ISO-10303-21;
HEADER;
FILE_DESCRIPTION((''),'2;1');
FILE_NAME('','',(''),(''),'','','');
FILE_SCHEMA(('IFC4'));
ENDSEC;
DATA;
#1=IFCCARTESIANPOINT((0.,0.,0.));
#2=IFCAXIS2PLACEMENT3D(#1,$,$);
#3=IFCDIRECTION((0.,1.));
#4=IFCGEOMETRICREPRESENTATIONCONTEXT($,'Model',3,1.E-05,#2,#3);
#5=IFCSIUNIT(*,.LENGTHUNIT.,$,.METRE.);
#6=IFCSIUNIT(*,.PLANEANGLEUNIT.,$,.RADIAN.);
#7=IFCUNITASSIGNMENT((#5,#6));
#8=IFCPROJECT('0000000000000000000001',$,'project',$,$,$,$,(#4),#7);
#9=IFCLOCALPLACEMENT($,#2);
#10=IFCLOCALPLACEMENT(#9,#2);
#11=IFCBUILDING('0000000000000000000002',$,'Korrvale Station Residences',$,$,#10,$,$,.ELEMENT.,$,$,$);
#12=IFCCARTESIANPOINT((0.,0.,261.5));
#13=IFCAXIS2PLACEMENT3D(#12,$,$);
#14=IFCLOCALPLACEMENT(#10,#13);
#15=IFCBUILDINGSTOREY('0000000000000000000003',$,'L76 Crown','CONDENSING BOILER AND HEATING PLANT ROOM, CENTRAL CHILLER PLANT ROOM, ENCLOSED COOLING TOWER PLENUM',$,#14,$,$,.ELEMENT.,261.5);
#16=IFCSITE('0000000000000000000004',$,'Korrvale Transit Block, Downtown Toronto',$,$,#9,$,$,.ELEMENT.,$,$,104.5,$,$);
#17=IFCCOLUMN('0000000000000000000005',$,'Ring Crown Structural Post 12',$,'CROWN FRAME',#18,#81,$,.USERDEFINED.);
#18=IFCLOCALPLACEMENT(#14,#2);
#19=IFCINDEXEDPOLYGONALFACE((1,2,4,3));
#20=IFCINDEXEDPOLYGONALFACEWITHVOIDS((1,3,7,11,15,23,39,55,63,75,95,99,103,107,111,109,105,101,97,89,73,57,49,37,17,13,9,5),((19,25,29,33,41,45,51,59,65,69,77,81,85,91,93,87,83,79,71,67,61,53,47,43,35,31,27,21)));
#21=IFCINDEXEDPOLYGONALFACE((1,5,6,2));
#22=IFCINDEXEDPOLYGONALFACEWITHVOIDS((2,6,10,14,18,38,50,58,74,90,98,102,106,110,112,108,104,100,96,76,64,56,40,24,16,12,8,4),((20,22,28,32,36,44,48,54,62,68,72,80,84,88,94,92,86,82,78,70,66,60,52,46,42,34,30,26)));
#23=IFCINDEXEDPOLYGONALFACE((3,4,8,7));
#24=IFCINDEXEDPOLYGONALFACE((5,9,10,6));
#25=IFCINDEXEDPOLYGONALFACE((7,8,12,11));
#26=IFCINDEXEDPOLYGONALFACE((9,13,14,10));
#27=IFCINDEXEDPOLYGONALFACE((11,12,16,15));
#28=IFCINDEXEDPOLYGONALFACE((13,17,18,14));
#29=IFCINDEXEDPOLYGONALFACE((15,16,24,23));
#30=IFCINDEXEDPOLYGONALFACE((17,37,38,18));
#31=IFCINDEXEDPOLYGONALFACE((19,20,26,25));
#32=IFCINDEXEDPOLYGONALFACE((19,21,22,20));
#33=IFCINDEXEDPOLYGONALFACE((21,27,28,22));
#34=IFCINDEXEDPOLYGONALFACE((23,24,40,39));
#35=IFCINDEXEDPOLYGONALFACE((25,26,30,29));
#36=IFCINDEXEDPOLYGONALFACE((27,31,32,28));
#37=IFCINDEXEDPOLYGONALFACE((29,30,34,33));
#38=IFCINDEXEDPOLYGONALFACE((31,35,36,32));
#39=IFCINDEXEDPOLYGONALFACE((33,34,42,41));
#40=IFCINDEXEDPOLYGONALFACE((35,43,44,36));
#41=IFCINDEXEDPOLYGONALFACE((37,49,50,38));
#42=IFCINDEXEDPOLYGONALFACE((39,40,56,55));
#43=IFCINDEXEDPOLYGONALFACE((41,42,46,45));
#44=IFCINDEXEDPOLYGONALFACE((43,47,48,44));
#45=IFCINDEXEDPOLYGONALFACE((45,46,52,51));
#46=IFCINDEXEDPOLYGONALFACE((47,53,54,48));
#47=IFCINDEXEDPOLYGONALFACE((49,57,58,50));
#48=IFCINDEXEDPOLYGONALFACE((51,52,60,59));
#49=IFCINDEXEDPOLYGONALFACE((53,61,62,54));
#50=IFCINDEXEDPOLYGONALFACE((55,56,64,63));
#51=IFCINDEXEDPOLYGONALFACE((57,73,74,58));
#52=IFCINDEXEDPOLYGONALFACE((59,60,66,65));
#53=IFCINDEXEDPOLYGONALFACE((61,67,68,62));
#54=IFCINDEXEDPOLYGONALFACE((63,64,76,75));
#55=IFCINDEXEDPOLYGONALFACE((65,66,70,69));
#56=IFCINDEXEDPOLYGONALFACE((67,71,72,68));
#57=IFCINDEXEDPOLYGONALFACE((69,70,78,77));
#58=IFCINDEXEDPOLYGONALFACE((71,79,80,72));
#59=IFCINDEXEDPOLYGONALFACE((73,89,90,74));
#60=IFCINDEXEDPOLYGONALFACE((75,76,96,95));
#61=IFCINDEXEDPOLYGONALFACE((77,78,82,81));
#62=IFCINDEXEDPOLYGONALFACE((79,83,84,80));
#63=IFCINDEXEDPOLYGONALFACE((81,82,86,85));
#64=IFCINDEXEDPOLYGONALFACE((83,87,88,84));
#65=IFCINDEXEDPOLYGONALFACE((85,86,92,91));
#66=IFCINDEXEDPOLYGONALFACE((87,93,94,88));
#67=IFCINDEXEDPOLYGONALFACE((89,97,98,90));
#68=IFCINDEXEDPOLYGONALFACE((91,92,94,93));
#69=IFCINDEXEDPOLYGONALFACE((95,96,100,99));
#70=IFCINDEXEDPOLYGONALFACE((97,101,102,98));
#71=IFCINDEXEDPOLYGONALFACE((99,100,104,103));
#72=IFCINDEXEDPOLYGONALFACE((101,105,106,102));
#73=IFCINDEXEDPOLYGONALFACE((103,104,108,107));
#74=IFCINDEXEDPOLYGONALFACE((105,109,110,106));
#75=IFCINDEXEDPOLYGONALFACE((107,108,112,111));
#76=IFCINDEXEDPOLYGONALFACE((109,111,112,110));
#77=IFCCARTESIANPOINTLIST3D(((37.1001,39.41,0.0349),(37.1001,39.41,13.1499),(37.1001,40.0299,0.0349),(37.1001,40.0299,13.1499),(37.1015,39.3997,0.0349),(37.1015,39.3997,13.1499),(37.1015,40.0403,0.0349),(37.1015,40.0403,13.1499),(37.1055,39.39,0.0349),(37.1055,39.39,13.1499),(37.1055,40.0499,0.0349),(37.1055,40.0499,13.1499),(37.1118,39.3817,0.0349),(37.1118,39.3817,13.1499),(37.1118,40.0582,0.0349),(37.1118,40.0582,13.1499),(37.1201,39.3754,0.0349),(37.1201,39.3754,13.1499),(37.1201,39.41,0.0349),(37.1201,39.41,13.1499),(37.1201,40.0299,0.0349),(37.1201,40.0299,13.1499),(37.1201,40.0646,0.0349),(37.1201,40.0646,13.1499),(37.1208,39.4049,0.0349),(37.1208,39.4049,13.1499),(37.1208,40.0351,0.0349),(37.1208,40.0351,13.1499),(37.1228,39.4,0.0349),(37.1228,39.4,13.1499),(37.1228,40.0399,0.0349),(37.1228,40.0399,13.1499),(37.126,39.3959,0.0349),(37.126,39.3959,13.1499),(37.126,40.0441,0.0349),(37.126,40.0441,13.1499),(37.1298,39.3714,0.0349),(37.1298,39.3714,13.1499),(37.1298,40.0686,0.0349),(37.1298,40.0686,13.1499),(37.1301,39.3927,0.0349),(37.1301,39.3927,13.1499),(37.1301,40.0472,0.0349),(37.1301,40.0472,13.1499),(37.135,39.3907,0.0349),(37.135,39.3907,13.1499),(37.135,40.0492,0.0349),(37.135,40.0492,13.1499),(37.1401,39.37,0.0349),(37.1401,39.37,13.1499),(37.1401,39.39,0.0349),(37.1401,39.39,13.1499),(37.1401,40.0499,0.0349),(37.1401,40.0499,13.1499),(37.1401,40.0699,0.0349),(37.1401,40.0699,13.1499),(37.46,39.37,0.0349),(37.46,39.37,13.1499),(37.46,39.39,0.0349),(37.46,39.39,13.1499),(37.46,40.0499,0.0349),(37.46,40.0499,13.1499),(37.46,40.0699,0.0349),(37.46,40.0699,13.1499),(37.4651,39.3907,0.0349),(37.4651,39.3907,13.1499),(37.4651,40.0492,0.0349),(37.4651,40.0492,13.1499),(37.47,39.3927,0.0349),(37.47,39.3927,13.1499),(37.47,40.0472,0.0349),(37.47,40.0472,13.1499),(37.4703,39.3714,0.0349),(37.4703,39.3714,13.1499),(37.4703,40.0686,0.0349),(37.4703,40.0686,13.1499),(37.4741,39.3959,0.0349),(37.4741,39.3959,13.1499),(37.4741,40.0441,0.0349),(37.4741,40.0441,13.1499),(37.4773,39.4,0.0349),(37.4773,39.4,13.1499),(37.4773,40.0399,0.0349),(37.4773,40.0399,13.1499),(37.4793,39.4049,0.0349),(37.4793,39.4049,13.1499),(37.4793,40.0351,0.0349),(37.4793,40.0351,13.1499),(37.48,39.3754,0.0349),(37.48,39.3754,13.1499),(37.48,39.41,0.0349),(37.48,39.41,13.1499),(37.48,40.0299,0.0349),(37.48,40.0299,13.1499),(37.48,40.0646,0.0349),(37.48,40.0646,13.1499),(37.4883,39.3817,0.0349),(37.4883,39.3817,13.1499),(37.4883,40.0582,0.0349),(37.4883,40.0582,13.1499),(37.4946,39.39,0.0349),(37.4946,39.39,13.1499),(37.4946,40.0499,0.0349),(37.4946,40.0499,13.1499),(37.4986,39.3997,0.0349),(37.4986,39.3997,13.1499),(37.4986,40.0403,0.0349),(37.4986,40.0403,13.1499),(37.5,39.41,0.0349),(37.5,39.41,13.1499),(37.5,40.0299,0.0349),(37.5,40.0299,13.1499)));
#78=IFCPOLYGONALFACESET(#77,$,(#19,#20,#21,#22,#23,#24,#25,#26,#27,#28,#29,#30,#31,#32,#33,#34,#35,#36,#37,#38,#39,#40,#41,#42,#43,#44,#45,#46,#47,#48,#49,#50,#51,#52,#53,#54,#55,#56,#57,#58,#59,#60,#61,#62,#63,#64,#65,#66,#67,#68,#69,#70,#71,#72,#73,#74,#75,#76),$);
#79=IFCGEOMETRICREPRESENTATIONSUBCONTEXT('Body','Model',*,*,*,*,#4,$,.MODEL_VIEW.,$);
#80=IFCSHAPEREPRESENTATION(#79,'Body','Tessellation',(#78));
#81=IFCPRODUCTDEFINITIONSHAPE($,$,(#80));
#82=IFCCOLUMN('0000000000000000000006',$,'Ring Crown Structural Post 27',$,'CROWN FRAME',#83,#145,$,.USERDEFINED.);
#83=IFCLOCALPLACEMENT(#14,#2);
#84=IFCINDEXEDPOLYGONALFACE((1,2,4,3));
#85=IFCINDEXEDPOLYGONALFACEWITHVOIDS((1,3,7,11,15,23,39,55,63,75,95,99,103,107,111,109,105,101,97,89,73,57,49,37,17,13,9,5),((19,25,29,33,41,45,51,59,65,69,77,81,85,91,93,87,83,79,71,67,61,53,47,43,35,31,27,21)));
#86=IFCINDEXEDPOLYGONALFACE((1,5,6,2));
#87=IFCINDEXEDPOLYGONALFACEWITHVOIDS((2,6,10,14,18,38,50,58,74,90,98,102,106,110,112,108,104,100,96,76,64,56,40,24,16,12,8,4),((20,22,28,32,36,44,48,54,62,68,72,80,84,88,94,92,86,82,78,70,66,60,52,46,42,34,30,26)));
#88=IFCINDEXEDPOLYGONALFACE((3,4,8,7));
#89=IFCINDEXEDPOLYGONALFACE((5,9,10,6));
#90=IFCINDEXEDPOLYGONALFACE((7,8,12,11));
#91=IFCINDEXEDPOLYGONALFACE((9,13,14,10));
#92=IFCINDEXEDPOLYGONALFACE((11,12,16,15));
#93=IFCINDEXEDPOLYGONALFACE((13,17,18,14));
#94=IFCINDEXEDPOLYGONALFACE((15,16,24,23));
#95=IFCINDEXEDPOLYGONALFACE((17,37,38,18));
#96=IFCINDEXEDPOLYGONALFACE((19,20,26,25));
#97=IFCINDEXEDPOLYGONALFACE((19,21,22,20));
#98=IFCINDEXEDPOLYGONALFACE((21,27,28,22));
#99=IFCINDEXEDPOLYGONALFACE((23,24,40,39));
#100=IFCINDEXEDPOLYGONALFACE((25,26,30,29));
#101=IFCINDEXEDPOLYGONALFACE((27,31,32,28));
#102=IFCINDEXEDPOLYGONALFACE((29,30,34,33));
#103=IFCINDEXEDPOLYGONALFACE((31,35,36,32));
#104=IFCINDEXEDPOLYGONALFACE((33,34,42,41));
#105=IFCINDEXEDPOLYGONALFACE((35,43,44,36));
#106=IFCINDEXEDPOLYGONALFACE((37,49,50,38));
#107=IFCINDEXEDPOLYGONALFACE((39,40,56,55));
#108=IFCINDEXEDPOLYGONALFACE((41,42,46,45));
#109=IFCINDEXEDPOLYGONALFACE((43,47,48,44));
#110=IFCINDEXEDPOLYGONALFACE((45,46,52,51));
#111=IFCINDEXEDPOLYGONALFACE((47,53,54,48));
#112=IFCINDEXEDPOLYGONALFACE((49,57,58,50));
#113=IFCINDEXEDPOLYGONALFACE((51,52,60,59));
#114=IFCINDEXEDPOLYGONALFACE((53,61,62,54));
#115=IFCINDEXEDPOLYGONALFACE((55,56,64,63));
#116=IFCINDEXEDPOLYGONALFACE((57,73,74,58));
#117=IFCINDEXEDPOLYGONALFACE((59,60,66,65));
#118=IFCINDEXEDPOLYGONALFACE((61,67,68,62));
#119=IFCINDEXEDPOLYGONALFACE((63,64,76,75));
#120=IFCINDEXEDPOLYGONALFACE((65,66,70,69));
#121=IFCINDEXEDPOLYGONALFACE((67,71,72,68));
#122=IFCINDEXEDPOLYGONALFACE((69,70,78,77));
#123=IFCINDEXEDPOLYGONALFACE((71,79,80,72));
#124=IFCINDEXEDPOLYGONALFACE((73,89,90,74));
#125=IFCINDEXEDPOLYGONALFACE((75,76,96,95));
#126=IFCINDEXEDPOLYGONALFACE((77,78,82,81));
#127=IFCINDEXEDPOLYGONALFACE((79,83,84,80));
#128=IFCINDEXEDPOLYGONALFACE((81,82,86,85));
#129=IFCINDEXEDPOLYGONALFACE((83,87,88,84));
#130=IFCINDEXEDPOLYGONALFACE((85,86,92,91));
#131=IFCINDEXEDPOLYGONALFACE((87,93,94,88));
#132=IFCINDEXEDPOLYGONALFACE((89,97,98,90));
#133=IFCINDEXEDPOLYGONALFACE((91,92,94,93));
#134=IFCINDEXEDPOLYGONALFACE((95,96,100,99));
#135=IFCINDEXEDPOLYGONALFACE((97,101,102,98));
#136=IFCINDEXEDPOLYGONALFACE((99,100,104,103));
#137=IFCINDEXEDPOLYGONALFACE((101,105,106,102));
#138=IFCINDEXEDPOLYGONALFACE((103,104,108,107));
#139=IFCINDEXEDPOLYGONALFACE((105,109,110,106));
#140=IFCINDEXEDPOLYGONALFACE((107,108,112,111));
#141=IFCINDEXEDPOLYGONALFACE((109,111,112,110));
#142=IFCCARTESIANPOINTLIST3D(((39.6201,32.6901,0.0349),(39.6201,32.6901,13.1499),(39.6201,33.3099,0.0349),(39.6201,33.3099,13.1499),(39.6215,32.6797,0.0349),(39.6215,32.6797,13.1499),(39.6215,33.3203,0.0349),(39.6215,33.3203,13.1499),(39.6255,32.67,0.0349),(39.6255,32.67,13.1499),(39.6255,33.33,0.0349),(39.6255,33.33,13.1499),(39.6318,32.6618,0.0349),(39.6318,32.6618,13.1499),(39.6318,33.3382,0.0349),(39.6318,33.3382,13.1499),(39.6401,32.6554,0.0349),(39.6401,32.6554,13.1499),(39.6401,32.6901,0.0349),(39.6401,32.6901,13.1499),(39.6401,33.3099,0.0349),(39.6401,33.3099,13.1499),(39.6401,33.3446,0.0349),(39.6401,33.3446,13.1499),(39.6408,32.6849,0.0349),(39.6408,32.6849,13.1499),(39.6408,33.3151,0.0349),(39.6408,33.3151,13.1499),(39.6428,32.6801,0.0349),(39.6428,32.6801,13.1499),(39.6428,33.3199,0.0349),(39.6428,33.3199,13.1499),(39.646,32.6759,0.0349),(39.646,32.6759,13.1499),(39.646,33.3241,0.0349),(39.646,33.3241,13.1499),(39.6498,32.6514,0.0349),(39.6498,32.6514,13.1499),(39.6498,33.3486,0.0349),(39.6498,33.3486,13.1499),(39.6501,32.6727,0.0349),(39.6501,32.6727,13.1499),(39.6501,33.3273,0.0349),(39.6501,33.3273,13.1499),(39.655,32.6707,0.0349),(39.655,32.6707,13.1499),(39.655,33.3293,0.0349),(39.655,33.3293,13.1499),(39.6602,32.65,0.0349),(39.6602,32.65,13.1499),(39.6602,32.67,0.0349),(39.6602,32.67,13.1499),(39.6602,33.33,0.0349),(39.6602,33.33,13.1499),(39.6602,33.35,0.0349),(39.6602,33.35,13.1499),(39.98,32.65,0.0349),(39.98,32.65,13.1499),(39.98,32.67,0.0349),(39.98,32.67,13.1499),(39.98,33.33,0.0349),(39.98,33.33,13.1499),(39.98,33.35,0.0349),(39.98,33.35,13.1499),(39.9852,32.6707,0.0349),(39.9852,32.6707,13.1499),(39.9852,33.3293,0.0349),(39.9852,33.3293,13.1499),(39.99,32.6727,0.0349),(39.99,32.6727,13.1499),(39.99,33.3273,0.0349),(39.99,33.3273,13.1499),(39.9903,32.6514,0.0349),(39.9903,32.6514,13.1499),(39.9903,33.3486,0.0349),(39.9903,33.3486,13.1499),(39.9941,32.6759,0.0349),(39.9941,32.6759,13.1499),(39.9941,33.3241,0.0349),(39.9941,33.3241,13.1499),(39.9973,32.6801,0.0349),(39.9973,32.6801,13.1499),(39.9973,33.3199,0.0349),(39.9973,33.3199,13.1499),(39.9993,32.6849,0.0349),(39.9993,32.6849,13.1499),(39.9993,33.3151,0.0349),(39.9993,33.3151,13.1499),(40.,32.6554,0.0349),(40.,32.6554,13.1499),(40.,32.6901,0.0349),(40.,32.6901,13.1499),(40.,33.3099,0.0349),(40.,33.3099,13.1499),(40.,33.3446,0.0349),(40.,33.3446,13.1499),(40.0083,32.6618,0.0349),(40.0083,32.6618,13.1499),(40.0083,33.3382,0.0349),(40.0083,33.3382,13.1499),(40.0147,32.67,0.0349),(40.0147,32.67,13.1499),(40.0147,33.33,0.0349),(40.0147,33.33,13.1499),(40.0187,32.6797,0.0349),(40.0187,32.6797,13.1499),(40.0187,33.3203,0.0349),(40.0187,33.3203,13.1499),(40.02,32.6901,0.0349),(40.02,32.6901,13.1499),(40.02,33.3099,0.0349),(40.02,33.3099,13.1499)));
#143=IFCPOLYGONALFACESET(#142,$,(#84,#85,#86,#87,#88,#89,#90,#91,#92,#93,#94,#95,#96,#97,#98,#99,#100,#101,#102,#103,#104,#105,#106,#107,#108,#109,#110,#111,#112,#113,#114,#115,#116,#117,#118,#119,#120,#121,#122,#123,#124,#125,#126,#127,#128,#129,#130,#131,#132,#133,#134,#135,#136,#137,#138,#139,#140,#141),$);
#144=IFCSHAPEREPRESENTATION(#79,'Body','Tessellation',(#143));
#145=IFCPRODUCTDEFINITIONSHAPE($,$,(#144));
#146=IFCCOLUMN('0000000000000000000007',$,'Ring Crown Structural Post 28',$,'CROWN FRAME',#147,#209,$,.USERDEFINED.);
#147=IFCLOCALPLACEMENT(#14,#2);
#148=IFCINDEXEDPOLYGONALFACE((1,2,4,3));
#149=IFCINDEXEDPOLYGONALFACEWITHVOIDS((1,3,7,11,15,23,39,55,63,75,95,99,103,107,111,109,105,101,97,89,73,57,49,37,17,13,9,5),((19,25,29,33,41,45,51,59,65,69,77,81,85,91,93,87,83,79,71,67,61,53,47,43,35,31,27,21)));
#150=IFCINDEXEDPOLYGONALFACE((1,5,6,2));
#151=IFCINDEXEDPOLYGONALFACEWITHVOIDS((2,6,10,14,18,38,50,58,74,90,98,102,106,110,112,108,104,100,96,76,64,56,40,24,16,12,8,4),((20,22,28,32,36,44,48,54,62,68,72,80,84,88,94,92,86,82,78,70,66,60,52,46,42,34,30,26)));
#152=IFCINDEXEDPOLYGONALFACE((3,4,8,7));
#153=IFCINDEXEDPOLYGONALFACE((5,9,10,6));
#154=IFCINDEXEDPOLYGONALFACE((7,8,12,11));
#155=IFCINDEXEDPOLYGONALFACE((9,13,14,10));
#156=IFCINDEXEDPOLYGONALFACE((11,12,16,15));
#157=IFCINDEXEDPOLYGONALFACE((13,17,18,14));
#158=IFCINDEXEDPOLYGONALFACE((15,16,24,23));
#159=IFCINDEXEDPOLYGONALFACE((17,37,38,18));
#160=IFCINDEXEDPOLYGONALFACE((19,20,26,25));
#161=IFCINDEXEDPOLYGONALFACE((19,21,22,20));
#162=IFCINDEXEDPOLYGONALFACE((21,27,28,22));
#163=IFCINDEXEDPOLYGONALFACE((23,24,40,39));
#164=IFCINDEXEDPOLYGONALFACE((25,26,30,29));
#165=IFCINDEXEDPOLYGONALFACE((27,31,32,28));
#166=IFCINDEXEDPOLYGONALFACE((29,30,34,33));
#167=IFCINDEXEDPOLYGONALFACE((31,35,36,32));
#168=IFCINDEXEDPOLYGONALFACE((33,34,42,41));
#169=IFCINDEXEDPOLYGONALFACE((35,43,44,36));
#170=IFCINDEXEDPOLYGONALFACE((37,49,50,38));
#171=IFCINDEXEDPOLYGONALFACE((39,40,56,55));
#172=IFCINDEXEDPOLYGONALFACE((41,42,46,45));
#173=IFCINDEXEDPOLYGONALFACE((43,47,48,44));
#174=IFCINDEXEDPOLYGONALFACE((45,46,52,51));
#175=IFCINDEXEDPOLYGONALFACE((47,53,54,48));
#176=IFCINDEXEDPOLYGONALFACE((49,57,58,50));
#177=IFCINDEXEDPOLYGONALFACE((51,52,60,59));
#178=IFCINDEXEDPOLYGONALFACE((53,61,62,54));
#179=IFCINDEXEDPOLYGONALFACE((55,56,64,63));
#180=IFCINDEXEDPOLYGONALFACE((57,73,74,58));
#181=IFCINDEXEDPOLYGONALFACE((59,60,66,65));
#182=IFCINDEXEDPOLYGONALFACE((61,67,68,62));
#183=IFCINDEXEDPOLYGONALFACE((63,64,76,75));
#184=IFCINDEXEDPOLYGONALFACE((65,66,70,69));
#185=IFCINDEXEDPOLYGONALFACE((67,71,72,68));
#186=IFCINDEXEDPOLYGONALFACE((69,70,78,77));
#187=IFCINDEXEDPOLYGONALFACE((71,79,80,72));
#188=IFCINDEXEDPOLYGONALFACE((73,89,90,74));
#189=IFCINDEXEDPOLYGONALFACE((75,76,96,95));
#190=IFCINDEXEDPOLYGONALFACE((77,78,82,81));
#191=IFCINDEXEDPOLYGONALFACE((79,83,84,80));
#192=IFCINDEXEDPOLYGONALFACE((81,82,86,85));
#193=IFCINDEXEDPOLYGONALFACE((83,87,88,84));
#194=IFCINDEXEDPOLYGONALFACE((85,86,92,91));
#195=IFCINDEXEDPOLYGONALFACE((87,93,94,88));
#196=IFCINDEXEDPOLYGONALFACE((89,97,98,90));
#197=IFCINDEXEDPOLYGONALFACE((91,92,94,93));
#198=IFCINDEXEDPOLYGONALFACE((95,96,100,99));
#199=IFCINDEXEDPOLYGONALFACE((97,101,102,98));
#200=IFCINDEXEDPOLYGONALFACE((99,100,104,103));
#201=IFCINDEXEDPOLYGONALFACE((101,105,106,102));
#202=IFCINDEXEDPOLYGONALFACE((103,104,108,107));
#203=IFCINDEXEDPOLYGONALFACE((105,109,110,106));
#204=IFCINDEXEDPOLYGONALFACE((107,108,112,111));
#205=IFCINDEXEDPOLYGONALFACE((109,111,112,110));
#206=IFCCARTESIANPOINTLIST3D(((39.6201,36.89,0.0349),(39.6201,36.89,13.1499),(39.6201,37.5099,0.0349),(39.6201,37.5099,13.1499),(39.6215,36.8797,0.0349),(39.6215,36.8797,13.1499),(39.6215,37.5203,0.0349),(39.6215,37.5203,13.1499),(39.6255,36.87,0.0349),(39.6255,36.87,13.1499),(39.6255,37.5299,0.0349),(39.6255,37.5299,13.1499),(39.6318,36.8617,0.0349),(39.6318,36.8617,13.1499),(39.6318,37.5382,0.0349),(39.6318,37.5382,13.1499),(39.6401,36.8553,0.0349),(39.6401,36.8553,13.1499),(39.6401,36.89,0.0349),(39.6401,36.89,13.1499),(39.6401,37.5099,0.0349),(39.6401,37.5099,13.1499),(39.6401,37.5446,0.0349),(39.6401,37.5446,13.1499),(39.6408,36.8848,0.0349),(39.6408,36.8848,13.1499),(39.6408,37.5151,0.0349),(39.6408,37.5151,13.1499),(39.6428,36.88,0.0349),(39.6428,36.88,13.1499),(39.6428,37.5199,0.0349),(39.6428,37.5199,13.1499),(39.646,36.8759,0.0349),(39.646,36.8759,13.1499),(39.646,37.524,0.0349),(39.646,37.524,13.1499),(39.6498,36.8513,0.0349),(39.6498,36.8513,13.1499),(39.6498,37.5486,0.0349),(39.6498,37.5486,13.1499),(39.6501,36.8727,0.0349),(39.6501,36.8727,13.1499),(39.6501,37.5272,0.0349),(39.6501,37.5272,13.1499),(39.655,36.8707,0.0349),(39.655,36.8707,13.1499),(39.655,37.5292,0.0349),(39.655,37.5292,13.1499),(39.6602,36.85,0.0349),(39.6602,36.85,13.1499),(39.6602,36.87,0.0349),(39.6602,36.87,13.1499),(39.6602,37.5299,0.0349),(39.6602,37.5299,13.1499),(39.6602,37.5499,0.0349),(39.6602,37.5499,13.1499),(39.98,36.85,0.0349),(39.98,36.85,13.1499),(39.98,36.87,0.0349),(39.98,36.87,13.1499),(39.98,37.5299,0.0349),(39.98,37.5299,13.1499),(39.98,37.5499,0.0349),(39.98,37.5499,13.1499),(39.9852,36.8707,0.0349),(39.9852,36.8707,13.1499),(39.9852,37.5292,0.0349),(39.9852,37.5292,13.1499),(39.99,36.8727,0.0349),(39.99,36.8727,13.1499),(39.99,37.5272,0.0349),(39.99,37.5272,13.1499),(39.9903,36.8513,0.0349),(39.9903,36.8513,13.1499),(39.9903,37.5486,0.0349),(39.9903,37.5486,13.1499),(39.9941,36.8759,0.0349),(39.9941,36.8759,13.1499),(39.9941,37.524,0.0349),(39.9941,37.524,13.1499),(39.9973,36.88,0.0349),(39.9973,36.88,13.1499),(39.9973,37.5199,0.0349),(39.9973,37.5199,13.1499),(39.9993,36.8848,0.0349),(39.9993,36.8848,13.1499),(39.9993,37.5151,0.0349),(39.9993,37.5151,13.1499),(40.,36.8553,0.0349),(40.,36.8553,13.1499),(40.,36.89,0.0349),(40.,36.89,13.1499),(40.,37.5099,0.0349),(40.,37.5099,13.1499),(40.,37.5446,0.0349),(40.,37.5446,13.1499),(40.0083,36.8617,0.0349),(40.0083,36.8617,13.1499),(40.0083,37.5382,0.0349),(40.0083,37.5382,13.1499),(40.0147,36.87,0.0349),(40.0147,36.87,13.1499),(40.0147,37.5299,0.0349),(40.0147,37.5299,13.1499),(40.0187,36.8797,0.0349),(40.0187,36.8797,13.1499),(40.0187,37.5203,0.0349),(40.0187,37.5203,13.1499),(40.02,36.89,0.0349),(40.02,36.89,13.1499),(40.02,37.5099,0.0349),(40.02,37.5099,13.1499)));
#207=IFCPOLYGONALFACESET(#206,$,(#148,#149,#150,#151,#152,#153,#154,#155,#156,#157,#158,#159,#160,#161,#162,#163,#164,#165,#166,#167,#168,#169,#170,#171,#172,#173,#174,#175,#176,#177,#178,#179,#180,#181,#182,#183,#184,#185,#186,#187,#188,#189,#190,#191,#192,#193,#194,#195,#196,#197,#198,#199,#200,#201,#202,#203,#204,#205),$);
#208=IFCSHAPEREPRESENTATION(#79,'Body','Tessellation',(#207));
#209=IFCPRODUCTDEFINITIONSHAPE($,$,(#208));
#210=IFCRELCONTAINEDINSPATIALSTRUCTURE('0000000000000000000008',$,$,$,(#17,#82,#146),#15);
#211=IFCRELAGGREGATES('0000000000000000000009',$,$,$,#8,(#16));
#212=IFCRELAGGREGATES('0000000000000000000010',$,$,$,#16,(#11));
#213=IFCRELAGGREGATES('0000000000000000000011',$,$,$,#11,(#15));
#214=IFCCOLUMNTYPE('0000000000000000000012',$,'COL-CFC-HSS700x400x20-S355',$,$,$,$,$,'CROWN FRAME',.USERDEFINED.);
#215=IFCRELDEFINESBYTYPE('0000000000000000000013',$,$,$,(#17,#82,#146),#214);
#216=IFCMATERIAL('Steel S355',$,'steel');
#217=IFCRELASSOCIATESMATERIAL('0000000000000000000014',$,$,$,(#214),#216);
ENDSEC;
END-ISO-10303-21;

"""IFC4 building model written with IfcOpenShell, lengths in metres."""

from ifc_helpers import new_model, si_unit, direction, frame, origin, origin_2d, place, context, subcontext, project, spatial, hollow_rectangle, extrude, material, material_profile, profile_set, type_object, element, save


model = new_model("IFC4")

# Units and contexts
model_context = context("Model", 3, precision=1e-05, world=origin(), true_north=direction((0.0, 1.0)))
body_context = subcontext(model_context, "Body", "Model", "MODEL_VIEW")
ifc_project = project(units=[si_unit("LENGTHUNIT", "METRE"), si_unit("PLANEANGLEUNIT", "RADIAN")], contexts=[model_context])

# Site, building, storey
site_placement = place(None, origin())
site = spatial("IfcSite", under=ifc_project, at=site_placement, Name="Korrvale Transit Block, Downtown Toronto", CompositionType="ELEMENT", RefElevation=104.5)
building_placement = place(site_placement, origin())
building = spatial("IfcBuilding", under=site, at=building_placement, Name="Korrvale Station Residences", CompositionType="ELEMENT")
storey_placement = place(building_placement, frame((0.0, 0.0, 261.5)))
storey = spatial("IfcBuildingStorey", under=building, at=storey_placement, Name="L76 Crown", Description="CONDENSING BOILER AND HEATING PLANT ROOM, CENTRAL CHILLER PLANT ROOM, ENCLOSED COOLING TOWER PLENUM", CompositionType="ELEMENT", Elevation=261.5)

# Columns
ifc_material_1 = material(Name="Steel S355", Category="steel")
ifc_material_profile_1 = material_profile(ifc_material_1, hollow_rectangle(XDim=0.3999, YDim=0.7, WallThickness=0.02, InnerFilletRadius=0.02, OuterFilletRadius=0.04, at=origin_2d()), Name="HSS700x400x20")
ifc_profile_set_1 = profile_set([ifc_material_profile_1], Name="Steel S355")
column_type = type_object("IfcColumnType", Name="COL-CFC-HSS700x400x20-S355", ElementType="CROWN FRAME", PredefinedType="USERDEFINED", material=ifc_profile_set_1)
for number, where, z_axis, x_axis, name in (
    (1, (37.3, 39.72, 0.0349), (0.0, 0.0, 1.0), (1.0, 0.0, 0.0), "Ring Crown Structural Post 12"),
    (2, (39.8201, 33.0, 0.0349), (0.0, 0.0, 1.0), (1.0, 0.0, 0.0), "Ring Crown Structural Post 27"),
    (3, (39.8201, 37.2, 0.0349), (0.0, 0.0, 1.0), (1.0, 0.0, 0.0), "Ring Crown Structural Post 28"),
):
    element("IfcColumn", number, at=place(storey_placement, frame(where, z_axis=z_axis, x_axis=x_axis)), inside=storey, type_object=column_type, Name=name, ObjectType="CROWN FRAME", PredefinedType="USERDEFINED", context=body_context, shape_type="SweptSolid", body=[
        extrude(hollow_rectangle(XDim=0.3999, YDim=0.7, WallThickness=0.02, InnerFilletRadius=0.02, OuterFilletRadius=0.04, at=origin_2d()), origin(), (0.0, 0.0, 1.0), 13.115),
    ])

save(model, "model.ifc")
